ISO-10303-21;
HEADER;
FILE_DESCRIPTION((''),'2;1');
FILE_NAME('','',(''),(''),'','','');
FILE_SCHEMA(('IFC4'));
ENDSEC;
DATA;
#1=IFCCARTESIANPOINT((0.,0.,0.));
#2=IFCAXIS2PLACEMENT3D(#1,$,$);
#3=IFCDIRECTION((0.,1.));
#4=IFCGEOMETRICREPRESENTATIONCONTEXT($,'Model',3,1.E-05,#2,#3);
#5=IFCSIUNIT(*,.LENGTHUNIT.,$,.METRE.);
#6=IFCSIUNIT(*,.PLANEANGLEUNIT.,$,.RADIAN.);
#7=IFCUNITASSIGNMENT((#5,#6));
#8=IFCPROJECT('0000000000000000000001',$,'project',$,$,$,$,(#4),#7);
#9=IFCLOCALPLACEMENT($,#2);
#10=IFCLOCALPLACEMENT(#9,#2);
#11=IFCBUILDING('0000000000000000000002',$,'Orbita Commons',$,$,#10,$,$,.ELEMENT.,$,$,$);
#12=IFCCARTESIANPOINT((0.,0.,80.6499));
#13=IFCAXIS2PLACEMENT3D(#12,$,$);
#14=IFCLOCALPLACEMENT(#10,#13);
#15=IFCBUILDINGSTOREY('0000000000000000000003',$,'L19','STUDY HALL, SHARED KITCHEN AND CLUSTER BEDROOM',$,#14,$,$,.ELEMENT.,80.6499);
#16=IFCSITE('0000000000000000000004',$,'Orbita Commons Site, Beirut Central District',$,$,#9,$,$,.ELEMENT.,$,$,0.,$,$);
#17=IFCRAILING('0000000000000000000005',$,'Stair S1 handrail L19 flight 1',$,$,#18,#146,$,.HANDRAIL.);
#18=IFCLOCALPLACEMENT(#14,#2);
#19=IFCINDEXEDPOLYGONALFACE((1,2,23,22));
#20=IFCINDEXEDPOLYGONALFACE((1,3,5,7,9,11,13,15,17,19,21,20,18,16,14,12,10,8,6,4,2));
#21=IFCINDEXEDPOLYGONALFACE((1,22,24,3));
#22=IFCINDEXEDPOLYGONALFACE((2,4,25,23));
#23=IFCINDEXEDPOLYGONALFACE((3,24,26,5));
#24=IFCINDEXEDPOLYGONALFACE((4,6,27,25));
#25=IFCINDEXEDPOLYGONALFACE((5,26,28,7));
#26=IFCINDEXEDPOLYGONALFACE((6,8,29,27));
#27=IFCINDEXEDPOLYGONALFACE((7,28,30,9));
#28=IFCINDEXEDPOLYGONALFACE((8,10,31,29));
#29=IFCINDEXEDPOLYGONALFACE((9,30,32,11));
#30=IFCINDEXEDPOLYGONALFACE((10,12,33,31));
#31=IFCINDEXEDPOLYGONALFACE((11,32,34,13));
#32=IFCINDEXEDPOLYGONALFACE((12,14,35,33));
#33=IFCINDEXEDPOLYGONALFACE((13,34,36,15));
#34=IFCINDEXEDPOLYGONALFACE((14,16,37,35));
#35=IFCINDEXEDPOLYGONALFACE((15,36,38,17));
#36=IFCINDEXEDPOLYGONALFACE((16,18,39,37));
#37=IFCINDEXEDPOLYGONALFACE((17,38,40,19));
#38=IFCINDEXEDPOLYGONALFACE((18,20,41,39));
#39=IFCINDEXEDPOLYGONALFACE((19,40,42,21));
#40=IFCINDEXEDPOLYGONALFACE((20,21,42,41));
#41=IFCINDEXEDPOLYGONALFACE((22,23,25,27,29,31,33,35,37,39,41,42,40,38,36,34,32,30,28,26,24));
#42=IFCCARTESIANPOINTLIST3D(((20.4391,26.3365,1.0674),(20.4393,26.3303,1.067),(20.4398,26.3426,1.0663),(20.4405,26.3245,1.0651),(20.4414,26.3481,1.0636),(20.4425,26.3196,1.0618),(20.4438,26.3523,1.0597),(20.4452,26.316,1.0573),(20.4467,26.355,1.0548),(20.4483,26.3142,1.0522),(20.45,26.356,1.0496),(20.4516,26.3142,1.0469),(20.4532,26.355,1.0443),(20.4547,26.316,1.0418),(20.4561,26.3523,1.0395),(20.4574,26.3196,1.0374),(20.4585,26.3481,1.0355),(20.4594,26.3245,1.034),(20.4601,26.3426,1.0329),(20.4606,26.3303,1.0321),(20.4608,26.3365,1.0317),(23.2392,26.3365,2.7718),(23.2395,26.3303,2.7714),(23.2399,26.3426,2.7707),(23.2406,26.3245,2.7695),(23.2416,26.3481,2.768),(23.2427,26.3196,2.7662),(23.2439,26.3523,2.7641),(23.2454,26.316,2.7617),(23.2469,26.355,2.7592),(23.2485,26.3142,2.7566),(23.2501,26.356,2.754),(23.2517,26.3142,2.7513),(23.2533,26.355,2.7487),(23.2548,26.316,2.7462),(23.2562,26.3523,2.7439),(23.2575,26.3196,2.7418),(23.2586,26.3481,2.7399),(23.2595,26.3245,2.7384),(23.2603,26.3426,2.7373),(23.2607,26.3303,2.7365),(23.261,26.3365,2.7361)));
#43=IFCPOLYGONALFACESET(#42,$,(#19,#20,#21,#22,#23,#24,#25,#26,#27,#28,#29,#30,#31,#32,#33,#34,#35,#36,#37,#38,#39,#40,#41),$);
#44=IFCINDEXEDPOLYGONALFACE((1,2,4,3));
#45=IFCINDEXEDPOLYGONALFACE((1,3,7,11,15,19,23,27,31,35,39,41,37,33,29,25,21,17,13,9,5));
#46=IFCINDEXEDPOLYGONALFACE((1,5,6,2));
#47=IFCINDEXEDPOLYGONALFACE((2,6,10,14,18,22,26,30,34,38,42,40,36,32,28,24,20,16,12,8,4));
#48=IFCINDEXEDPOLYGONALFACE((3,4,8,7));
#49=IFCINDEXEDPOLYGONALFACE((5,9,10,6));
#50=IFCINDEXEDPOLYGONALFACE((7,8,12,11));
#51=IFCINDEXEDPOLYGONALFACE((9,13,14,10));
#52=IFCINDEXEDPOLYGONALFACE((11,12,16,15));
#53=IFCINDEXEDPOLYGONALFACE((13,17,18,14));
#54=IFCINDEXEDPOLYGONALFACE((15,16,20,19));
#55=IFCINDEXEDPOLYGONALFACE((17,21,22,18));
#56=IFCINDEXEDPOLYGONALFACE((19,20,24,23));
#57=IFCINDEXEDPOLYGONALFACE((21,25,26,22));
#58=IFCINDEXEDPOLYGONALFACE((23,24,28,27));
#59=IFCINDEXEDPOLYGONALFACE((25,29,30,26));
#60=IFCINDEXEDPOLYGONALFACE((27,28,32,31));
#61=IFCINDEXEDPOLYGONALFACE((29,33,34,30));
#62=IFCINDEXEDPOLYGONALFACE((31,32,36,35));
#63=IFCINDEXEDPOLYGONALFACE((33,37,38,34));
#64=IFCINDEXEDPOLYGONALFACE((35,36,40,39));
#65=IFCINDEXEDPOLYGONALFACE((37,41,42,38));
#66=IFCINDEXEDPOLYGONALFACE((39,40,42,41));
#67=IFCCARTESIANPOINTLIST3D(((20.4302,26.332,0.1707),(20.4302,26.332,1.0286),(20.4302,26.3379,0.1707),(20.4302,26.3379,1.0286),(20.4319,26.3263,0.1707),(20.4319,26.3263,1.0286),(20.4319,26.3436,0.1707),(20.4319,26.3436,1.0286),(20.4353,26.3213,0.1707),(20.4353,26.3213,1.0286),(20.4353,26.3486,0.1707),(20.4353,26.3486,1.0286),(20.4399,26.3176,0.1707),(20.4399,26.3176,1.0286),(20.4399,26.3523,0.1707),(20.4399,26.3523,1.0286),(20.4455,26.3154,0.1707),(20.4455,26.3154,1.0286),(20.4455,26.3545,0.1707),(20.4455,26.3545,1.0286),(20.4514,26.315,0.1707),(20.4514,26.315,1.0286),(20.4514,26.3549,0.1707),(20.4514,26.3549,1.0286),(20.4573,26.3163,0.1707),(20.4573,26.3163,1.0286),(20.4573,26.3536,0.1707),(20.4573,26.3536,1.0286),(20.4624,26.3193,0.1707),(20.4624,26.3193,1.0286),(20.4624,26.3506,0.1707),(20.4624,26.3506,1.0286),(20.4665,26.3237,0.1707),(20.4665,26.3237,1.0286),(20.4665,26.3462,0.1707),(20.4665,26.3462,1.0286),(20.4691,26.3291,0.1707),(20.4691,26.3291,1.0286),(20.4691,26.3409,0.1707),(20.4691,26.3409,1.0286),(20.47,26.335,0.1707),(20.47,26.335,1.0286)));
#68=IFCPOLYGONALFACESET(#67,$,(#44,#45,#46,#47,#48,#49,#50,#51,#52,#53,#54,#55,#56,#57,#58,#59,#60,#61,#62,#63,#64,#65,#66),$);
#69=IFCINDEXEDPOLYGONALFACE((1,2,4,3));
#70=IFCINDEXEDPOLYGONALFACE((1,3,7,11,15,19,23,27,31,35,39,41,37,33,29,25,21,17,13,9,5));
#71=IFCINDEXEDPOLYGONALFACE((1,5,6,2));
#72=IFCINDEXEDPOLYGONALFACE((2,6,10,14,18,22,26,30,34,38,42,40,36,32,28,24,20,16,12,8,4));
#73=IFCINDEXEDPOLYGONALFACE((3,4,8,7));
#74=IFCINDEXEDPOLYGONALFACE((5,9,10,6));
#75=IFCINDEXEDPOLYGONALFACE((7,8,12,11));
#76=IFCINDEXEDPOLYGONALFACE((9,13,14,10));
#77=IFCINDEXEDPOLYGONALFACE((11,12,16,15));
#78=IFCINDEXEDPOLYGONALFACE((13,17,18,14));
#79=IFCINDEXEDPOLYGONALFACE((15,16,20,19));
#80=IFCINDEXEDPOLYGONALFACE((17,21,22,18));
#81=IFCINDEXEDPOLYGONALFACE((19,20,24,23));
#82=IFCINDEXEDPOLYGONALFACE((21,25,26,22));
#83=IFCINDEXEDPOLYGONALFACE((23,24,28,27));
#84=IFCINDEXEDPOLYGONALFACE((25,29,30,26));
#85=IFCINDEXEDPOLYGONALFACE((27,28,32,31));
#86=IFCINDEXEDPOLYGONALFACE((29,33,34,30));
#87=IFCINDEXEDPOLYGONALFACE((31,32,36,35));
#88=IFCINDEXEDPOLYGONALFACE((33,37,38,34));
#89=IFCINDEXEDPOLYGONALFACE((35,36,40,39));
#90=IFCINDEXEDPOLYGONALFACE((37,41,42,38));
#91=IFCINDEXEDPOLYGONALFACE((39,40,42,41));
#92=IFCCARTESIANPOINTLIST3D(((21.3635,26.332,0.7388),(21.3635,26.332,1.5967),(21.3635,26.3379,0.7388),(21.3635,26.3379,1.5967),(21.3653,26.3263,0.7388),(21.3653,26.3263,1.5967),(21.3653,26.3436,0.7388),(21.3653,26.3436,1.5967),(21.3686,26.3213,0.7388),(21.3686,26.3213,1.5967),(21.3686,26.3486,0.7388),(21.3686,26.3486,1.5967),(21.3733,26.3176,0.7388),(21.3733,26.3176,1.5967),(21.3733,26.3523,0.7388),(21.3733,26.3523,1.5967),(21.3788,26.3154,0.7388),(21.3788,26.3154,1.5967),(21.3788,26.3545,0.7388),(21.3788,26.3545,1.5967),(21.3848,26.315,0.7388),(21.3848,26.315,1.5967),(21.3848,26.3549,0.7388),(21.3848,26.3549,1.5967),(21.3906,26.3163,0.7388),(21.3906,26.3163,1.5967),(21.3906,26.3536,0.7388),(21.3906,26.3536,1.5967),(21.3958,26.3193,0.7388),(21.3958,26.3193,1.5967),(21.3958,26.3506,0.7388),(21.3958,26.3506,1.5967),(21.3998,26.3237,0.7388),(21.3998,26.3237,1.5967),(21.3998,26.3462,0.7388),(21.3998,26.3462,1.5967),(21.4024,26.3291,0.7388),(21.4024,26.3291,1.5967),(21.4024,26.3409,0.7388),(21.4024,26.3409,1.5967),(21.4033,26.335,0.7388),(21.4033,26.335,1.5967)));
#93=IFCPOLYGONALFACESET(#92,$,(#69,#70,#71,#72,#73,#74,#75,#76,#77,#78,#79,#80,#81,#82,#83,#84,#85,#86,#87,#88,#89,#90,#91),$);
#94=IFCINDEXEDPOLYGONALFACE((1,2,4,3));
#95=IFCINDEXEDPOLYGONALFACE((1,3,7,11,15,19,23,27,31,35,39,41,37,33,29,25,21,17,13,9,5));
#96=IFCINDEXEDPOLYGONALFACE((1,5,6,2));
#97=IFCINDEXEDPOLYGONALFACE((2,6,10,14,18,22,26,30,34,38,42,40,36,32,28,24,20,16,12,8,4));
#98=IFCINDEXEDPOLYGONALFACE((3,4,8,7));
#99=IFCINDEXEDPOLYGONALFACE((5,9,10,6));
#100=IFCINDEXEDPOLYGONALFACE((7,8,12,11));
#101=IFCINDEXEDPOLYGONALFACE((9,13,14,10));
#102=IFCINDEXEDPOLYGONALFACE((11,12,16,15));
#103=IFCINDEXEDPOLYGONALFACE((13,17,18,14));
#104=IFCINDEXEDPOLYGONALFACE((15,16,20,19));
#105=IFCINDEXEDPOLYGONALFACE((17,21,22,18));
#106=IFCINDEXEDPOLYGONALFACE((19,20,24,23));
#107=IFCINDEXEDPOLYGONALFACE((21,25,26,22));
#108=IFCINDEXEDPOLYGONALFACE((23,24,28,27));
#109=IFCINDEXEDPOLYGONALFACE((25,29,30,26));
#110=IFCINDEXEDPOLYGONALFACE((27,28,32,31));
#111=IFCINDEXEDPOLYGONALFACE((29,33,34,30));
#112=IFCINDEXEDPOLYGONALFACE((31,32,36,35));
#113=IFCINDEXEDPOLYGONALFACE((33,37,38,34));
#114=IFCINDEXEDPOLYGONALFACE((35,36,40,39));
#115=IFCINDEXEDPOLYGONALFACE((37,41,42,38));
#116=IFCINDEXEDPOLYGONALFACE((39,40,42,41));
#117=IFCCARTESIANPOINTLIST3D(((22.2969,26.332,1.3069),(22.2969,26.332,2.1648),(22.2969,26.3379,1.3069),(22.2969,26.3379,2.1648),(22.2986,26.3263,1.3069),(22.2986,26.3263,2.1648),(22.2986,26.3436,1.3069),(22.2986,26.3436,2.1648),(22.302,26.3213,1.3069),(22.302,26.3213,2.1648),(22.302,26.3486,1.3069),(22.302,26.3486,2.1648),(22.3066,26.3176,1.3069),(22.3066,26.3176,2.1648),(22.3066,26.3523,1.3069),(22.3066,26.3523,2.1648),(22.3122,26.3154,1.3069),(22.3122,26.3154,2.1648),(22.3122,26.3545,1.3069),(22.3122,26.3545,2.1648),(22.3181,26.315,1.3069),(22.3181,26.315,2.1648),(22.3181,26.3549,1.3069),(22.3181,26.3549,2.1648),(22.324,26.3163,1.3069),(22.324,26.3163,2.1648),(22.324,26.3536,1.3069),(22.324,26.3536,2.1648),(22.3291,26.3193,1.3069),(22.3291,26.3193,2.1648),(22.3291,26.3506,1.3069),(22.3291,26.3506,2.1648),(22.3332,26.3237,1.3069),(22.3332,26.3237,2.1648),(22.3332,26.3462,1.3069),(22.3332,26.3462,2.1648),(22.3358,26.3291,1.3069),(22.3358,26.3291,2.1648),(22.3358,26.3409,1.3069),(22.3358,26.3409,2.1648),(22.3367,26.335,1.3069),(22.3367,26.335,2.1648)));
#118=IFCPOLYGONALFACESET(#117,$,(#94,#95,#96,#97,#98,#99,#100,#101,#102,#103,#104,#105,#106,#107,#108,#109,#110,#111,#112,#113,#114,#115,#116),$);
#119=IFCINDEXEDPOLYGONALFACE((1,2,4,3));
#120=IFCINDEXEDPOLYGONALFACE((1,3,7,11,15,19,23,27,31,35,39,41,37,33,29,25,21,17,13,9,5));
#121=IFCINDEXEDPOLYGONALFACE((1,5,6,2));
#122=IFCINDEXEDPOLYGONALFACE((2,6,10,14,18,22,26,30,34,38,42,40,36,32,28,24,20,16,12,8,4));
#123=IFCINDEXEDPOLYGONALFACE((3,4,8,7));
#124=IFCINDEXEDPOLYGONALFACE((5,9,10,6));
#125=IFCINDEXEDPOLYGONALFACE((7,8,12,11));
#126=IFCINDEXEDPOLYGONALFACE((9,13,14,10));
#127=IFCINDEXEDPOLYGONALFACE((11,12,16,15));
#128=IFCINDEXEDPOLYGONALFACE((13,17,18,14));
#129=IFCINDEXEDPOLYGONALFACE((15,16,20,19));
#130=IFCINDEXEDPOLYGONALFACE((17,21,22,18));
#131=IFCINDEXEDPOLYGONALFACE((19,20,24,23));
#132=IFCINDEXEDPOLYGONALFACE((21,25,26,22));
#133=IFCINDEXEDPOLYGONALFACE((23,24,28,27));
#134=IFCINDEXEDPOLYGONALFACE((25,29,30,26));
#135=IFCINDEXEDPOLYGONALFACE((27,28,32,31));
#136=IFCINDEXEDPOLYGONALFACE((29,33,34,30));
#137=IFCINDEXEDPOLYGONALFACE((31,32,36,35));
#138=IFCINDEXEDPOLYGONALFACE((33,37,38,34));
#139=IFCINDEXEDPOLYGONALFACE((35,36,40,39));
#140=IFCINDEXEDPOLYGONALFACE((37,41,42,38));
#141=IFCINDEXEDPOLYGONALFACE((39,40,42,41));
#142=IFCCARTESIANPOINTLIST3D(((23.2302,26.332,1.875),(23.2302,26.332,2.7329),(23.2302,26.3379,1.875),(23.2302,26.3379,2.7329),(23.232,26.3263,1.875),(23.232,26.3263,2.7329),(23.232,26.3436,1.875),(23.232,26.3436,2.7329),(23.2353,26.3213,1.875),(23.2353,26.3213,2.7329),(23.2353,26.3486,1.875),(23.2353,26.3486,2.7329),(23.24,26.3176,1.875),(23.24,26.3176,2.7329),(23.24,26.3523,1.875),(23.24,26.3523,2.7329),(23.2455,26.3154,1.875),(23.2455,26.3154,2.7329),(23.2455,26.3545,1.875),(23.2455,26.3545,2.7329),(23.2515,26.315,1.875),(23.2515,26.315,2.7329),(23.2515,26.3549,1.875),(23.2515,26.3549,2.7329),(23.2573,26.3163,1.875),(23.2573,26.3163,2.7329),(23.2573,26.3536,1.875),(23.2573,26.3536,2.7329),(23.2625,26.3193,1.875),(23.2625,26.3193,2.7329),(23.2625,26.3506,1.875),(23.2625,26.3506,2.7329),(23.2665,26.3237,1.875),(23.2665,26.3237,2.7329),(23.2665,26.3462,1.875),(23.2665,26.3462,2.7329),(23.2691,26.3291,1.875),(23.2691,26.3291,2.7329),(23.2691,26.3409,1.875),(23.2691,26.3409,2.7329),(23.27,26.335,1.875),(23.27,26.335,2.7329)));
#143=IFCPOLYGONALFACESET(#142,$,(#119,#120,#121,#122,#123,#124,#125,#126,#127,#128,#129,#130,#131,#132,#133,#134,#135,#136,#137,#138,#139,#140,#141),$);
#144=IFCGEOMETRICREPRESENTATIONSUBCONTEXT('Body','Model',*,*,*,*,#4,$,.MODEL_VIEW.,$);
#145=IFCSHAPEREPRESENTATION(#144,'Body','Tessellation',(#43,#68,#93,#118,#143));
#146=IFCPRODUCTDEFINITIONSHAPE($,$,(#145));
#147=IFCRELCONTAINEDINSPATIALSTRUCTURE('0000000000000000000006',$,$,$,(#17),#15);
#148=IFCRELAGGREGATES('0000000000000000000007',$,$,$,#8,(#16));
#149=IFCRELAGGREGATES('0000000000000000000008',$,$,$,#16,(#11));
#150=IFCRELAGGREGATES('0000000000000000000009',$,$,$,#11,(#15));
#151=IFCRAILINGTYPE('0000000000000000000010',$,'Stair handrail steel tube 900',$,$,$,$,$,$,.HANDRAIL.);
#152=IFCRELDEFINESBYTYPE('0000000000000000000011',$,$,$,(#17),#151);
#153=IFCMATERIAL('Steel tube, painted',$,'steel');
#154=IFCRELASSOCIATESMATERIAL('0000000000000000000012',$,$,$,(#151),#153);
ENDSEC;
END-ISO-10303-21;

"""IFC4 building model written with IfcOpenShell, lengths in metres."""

from ifc_helpers import new_model, si_unit, direction, frame, origin, origin_2d, place, context, subcontext, project, spatial, circle, extrude, material, type_object, element, save


model = new_model("IFC4")

# Units and contexts
model_context = context("Model", 3, precision=1e-05, world=origin(), true_north=direction((0.0, 1.0)))
body_context = subcontext(model_context, "Body", "Model", "MODEL_VIEW")
ifc_project = project(units=[si_unit("LENGTHUNIT", "METRE"), si_unit("PLANEANGLEUNIT", "RADIAN")], contexts=[model_context])

# Site, building, storey
site_placement = place(None, origin())
site = spatial("IfcSite", under=ifc_project, at=site_placement, Name="Orbita Commons Site, Beirut Central District", CompositionType="ELEMENT", RefElevation=0.0)
building_placement = place(site_placement, origin())
building = spatial("IfcBuilding", under=site, at=building_placement, Name="Orbita Commons", CompositionType="ELEMENT")
storey_placement = place(building_placement, frame((0.0, 0.0, 80.6499)))
storey = spatial("IfcBuildingStorey", under=building, at=storey_placement, Name="L19", Description="STUDY HALL, SHARED KITCHEN AND CLUSTER BEDROOM", CompositionType="ELEMENT", Elevation=80.6499)

# Railing
ifc_material_1 = material(Name="Steel tube, painted", Category="steel")
railing_type = type_object("IfcRailingType", Name="Stair handrail steel tube 900", PredefinedType="HANDRAIL", material=ifc_material_1)
for number, where, name in (
    (1, (20.45, 26.335, 0.1707), "Stair S1 handrail L19 flight 1"),
):
    element("IfcRailing", number, at=place(storey_placement, frame(where)), inside=storey, type_object=railing_type, Name=name, PredefinedType="HANDRAIL", context=body_context, shape_type="SweptSolid", body=[
        extrude(circle(Radius=0.021, at=origin_2d()), frame((0.0, 0.0, 0.8789), z_axis=(0.854203, 0.0, 0.51994), x_axis=(0.0, 1.0, 0.0)), (0.0, 0.0, 1.0), 3.2781),
        extrude(circle(Radius=0.02, at=origin_2d()), origin(), (0.0, 0.0, 1.0), 0.8579),
        extrude(circle(Radius=0.02, at=origin_2d()), frame((0.9333, 0.0, 0.5681)), (0.0, 0.0, 1.0), 0.8579),
        extrude(circle(Radius=0.02, at=origin_2d()), frame((1.8667, 0.0, 1.1362)), (0.0, 0.0, 1.0), 0.8579),
        extrude(circle(Radius=0.02, at=origin_2d()), frame((2.8, 0.0, 1.7043)), (0.0, 0.0, 1.0), 0.8579),
    ])

save(model, "model.ifc")
